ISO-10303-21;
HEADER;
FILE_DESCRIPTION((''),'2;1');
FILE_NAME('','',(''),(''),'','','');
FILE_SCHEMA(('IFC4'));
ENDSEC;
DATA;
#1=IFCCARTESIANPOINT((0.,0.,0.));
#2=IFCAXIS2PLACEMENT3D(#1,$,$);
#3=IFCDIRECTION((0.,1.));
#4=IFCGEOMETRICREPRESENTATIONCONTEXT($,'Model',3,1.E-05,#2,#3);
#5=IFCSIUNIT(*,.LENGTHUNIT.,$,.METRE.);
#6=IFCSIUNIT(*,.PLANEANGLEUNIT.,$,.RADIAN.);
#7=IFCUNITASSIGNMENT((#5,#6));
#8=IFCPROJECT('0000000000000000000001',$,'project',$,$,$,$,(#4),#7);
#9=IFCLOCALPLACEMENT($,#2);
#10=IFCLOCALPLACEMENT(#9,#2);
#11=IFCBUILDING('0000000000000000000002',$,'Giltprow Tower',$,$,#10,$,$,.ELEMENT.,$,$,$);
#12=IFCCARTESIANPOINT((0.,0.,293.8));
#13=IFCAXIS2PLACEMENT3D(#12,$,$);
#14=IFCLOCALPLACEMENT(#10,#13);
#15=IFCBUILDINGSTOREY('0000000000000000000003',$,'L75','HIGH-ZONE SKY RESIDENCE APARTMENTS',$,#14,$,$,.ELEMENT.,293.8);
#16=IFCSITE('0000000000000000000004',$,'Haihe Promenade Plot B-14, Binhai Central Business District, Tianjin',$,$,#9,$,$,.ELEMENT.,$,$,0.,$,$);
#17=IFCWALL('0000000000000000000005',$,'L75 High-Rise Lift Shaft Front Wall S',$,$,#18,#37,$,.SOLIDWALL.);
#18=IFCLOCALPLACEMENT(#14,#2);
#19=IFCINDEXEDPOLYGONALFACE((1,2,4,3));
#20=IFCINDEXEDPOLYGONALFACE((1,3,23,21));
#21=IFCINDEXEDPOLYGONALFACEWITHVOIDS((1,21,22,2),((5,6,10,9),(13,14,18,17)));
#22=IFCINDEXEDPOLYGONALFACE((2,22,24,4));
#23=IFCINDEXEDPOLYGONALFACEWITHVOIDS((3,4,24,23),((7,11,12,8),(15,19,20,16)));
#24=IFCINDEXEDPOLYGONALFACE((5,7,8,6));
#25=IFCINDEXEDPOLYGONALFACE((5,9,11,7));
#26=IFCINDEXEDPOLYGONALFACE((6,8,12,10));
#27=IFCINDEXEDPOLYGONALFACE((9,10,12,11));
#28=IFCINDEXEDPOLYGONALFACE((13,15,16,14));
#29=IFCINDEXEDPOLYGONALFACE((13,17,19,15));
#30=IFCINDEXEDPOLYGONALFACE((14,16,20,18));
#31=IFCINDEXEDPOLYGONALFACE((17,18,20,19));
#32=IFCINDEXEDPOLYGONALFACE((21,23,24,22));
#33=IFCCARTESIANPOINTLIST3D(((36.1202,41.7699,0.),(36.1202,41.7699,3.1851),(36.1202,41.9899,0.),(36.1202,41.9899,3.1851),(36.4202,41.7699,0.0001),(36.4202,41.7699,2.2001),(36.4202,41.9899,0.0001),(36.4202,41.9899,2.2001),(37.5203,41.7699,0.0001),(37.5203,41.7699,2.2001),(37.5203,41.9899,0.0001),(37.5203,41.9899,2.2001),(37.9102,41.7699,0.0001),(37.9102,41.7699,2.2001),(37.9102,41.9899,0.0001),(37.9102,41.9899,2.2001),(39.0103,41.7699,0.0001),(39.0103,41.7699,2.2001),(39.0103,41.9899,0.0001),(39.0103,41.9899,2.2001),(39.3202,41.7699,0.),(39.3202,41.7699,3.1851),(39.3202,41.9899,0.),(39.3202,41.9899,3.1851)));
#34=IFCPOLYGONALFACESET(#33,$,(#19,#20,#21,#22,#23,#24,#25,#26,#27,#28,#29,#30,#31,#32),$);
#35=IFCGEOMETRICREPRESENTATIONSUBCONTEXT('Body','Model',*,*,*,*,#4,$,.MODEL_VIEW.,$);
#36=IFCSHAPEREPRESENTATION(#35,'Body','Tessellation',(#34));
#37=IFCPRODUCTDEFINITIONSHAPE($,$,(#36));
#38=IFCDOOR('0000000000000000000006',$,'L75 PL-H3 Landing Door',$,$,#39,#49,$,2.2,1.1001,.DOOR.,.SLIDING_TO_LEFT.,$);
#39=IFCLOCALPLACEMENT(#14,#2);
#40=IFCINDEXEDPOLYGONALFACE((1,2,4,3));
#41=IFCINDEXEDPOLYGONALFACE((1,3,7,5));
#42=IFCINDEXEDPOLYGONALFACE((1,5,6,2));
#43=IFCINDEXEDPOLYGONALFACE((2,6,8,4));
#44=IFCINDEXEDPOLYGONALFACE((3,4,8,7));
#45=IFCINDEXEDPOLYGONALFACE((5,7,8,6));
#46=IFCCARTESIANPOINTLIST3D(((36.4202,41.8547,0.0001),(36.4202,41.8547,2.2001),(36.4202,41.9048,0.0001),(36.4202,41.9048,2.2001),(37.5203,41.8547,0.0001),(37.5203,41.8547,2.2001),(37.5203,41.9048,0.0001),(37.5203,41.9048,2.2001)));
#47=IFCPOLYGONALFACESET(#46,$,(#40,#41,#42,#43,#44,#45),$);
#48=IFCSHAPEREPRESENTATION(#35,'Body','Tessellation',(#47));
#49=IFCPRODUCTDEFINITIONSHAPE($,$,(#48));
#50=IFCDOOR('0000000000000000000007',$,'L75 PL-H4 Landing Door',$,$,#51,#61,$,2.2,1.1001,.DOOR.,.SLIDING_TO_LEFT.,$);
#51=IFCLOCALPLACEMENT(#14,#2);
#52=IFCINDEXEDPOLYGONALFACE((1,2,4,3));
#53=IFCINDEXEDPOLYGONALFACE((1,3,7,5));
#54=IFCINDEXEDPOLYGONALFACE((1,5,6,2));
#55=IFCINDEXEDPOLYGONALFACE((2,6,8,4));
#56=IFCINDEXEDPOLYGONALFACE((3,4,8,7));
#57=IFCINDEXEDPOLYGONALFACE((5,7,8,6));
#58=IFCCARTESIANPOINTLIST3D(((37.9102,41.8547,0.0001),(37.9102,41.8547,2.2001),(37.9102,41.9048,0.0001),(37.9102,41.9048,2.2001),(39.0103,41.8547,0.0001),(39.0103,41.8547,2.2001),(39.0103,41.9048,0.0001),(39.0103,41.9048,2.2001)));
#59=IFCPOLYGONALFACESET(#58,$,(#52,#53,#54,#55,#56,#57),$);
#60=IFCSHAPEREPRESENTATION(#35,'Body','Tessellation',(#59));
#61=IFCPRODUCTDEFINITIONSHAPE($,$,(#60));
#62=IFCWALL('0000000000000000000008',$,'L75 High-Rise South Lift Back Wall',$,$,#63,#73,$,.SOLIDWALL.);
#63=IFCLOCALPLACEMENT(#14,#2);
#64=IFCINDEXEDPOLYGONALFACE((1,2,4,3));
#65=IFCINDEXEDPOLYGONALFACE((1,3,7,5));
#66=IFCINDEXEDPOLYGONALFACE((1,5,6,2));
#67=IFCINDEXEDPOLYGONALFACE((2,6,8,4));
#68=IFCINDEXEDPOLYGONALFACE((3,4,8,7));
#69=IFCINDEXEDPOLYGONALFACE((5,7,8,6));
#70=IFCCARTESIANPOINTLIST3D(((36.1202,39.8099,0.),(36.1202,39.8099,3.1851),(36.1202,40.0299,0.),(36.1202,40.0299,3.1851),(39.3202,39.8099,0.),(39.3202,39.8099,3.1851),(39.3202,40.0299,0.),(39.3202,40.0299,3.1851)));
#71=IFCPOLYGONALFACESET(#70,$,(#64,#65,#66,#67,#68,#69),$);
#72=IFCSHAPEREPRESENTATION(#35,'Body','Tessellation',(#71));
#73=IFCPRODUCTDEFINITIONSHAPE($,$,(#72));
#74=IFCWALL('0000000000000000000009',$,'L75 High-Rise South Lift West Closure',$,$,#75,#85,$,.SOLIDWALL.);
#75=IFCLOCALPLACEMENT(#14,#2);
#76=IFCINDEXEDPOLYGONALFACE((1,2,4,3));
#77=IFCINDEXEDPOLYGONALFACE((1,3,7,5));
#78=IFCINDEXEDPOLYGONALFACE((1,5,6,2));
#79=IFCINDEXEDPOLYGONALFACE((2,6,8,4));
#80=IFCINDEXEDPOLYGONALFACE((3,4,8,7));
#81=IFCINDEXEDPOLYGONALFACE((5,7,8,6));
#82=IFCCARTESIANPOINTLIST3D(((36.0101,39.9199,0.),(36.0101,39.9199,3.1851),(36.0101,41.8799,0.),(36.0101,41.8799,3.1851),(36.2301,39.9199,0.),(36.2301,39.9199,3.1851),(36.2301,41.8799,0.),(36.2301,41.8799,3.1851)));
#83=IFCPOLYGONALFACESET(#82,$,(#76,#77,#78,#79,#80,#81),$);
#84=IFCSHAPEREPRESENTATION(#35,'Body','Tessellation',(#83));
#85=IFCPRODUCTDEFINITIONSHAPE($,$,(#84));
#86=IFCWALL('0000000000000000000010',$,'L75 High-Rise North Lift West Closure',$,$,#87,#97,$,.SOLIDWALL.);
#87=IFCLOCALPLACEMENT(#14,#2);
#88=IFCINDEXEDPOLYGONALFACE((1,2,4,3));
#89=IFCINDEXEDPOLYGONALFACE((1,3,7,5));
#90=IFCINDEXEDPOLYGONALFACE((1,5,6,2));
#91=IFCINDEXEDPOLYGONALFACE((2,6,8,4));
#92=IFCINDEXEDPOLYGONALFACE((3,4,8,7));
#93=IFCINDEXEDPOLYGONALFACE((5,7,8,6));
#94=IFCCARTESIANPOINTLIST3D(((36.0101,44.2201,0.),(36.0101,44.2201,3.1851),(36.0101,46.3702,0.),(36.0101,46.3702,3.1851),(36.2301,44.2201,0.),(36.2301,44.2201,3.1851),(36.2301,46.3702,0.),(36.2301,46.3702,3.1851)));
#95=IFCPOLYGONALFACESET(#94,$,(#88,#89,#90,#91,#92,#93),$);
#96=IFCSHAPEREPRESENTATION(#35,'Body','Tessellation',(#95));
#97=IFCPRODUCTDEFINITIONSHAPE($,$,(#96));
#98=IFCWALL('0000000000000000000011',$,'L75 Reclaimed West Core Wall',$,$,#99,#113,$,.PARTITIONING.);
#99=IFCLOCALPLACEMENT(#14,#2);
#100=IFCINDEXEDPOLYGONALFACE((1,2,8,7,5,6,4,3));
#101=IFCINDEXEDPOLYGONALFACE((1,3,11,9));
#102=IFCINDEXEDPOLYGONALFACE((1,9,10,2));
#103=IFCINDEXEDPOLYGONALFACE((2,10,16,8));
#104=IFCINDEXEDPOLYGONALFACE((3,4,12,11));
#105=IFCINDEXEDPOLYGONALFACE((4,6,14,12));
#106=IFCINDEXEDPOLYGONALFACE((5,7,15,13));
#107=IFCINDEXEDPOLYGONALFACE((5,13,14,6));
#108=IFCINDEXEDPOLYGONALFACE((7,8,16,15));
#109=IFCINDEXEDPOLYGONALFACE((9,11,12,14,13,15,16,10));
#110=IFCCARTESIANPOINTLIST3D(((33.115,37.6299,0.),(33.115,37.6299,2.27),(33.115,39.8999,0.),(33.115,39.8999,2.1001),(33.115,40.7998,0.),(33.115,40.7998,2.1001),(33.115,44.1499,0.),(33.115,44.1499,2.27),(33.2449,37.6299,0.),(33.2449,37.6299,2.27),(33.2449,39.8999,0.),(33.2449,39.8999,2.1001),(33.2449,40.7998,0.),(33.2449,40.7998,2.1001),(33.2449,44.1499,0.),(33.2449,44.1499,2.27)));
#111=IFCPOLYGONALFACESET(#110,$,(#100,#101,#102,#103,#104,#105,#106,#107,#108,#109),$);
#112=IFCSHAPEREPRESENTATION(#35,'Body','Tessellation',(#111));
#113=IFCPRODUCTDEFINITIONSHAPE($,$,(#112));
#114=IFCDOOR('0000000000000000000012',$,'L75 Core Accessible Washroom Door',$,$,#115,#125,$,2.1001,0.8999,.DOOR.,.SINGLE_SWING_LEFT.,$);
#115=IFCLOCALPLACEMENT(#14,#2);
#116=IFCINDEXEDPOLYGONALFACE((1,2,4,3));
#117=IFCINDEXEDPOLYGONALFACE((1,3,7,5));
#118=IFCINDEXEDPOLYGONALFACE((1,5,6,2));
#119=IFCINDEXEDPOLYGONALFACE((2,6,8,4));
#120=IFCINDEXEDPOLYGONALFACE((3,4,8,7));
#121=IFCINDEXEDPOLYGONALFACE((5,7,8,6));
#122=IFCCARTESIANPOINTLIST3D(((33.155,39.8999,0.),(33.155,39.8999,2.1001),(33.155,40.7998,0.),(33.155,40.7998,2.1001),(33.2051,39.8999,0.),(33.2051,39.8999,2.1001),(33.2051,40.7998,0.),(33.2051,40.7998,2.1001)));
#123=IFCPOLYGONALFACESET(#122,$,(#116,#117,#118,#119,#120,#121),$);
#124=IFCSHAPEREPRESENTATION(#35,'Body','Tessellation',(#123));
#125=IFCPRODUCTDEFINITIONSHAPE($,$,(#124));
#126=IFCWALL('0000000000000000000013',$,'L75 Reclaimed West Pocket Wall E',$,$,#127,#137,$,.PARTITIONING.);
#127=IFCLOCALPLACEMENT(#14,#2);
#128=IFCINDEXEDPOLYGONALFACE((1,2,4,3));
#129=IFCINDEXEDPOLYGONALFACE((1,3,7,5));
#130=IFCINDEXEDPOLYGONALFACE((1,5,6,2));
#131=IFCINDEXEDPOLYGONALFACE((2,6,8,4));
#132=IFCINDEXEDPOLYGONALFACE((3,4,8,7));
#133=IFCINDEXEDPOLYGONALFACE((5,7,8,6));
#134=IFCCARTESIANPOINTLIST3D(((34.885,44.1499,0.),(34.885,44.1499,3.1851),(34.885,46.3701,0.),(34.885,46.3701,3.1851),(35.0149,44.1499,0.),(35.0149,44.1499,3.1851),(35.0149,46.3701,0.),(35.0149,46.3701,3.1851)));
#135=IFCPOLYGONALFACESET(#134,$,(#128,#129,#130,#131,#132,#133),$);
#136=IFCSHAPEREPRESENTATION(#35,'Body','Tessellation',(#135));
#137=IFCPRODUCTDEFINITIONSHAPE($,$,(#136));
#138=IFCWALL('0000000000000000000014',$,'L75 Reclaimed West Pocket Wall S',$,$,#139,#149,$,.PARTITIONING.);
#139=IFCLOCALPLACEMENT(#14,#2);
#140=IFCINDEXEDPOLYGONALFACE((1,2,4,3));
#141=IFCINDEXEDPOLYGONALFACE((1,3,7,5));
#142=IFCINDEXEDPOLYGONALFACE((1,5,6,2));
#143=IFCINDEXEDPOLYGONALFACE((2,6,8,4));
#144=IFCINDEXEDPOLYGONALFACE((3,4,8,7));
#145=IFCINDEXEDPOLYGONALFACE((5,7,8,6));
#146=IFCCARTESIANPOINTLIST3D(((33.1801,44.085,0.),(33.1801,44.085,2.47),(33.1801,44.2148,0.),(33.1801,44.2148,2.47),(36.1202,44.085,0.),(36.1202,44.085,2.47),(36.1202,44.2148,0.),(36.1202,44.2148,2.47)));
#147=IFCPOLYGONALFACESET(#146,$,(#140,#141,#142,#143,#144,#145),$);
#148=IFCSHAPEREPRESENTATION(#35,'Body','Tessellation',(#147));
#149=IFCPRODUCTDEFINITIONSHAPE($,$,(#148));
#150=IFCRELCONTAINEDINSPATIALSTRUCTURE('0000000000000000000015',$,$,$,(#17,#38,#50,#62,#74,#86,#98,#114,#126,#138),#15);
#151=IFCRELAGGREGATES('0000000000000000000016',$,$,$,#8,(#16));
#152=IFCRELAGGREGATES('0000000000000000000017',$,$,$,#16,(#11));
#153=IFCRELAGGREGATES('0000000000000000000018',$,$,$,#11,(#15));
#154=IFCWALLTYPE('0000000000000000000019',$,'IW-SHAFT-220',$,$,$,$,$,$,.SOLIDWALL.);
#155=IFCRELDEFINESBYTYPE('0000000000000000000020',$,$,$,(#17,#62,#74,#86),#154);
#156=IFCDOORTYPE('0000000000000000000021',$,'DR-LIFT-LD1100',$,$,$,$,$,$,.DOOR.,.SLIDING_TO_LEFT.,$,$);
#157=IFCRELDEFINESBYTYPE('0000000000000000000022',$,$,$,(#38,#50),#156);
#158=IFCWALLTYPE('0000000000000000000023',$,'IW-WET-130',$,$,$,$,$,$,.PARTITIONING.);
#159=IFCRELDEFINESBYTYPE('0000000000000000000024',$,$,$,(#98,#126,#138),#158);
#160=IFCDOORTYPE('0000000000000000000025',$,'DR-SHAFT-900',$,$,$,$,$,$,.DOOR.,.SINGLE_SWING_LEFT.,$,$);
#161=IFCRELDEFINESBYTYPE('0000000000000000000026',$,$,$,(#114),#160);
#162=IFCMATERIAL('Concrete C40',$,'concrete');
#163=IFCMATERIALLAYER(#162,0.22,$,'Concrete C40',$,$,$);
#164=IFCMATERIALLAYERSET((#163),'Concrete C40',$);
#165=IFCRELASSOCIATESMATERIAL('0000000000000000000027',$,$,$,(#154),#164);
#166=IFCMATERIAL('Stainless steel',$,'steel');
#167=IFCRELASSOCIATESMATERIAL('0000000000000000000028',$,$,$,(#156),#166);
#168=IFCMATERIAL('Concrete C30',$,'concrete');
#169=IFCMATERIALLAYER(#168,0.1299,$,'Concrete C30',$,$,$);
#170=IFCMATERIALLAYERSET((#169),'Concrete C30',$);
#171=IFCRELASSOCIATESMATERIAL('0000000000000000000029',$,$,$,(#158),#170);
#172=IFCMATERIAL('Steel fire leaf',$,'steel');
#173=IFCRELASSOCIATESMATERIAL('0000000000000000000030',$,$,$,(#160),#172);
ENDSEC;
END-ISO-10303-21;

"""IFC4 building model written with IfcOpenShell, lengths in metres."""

from ifc_helpers import new_model, si_unit, direction, frame, frame_2d, origin, place, context, subcontext, project, spatial, rectangle, extrude, source, transform, mapped, material, layer, layer_set, type_object, element, fill, save


model = new_model("IFC4")

# Units and contexts
model_context = context("Model", 3, precision=1e-05, world=origin(), true_north=direction((0.0, 1.0)))
body_context = subcontext(model_context, "Body", "Model", "MODEL_VIEW")
ifc_project = project(units=[si_unit("LENGTHUNIT", "METRE"), si_unit("PLANEANGLEUNIT", "RADIAN")], contexts=[model_context])

# Site, building, storey
site_placement = place(None, origin())
site = spatial("IfcSite", under=ifc_project, at=site_placement, Name="Haihe Promenade Plot B-14, Binhai Central Business District, Tianjin", CompositionType="ELEMENT", RefElevation=0.0)
building_placement = place(site_placement, origin())
building = spatial("IfcBuilding", under=site, at=building_placement, Name="Giltprow Tower", CompositionType="ELEMENT")
storey_placement = place(building_placement, frame((0.0, 0.0, 293.8)))
storey = spatial("IfcBuildingStorey", under=building, at=storey_placement, Name="L75", Description="HIGH-ZONE SKY RESIDENCE APARTMENTS", CompositionType="ELEMENT", Elevation=293.8)

# Wall, openings, doors
ifc_material_1 = material(Name="Concrete C40", Category="concrete")
ifc_layer_1 = layer(ifc_material_1, 0.22, Name="Concrete C40")
ifc_layer_set_1 = layer_set([ifc_layer_1], Name="Concrete C40")
wall_type_1 = type_object("IfcWallType", Name="IW-SHAFT-220", PredefinedType="SOLIDWALL", material=ifc_layer_set_1)
ifc_material_2 = material(Name="Stainless steel", Category="steel")
door_type_1 = type_object("IfcDoorType", Name="DR-LIFT-LD1100", OperationType="SLIDING_TO_LEFT", PredefinedType="DOOR", material=ifc_material_2)
shared_shape_1 = source(origin(), body_context, "Body", "SweptSolid", [
    extrude(rectangle(XDim=1.1001, YDim=2.2, at=frame_2d((0.55, 1.1001))), frame((0.0, 0.0249, 0.0), z_axis=(0.0, -1.0, 0.0), x_axis=(1.0, 0.0, 0.0)), (0.0, 0.0, 1.0), 0.05),
])
wall_1_placement = place(storey_placement, frame((36.1201, 41.8799, 0.0), z_axis=(0.0, 0.0, 1.0), x_axis=(1.0, 0.0, 0.0)))
wall_1 = element("IfcWall", 1, at=wall_1_placement, inside=storey, type_object=wall_type_1, Name="L75 High-Rise Lift Shaft Front Wall S", PredefinedType="SOLIDWALL", context=body_context, shape_type="SweptSolid", body=[
    extrude(rectangle(XDim=3.2, YDim=0.22, at=frame_2d((1.6001, 0.0))), origin(), (0.0, 0.0, 1.0), 3.1851),
])
opening_1_placement = place(wall_1_placement, frame((0.3, 0.0, 0.0)))
opening_1 = element("IfcOpeningElement", 2, at=opening_1_placement, cuts=wall_1, PredefinedType="OPENING", context=body_context, shape_type="SweptSolid", body=[
    extrude(rectangle(XDim=1.1001, YDim=2.2, at=frame_2d((0.55, 1.1001))), frame((0.0, 0.1199, 0.0), z_axis=(0.0, -1.0, 0.0), x_axis=(1.0, 0.0, 0.0)), (0.0, 0.0, 1.0), 0.24),
])
opening_2_placement = place(wall_1_placement, frame((1.79, 0.0, 0.0)))
opening_2 = element("IfcOpeningElement", 3, at=opening_2_placement, cuts=wall_1, PredefinedType="OPENING", context=body_context, shape_type="SweptSolid", body=[
    extrude(rectangle(XDim=1.1001, YDim=2.2, at=frame_2d((0.55, 1.1001))), frame((0.0, 0.1199, 0.0), z_axis=(0.0, -1.0, 0.0), x_axis=(1.0, 0.0, 0.0)), (0.0, 0.0, 1.0), 0.24),
])
door_1_placement = place(opening_1_placement, origin())
door_1 = element("IfcDoor", 4, at=door_1_placement, inside=storey, type_object=door_type_1, Name="L75 PL-H3 Landing Door", OperationType="SLIDING_TO_LEFT", OverallHeight=2.2, OverallWidth=1.1001, PredefinedType="DOOR", context=body_context, shape_type="MappedRepresentation", body=[
    mapped(shared_shape_1, transform((0.0, 0.0, 0.0), x_axis=(1.0, 0.0, 0.0), y_axis=(0.0, 1.0, 0.0), z_axis=(0.0, 0.0, 1.0), scale=1.0)),
])
fill(opening_1, door_1)
door_2_placement = place(opening_2_placement, origin())
door_2 = element("IfcDoor", 5, at=door_2_placement, inside=storey, type_object=door_type_1, Name="L75 PL-H4 Landing Door", OperationType="SLIDING_TO_LEFT", OverallHeight=2.2, OverallWidth=1.1001, PredefinedType="DOOR", context=body_context, shape_type="MappedRepresentation", body=[
    mapped(shared_shape_1, transform((0.0, 0.0, 0.0), x_axis=(1.0, 0.0, 0.0), y_axis=(0.0, 1.0, 0.0), z_axis=(0.0, 0.0, 1.0), scale=1.0)),
])
fill(opening_2, door_2)

# Walls
wall_2_placement = place(storey_placement, frame((36.1201, 39.9199, 0.0), z_axis=(0.0, 0.0, 1.0), x_axis=(1.0, 0.0, 0.0)))
element("IfcWall", 6, at=wall_2_placement, inside=storey, type_object=wall_type_1, Name="L75 High-Rise South Lift Back Wall", PredefinedType="SOLIDWALL", context=body_context, shape_type="SweptSolid", body=[
    extrude(rectangle(XDim=3.2, YDim=0.22, at=frame_2d((1.6001, 0.0))), origin(), (0.0, 0.0, 1.0), 3.1851),
])
wall_3_placement = place(storey_placement, frame((36.1201, 39.9199, 0.0), z_axis=(0.0, 0.0, 1.0), x_axis=(0.0, 1.0, 0.0)))
element("IfcWall", 7, at=wall_3_placement, inside=storey, type_object=wall_type_1, Name="L75 High-Rise South Lift West Closure", PredefinedType="SOLIDWALL", context=body_context, shape_type="SweptSolid", body=[
    extrude(rectangle(XDim=1.96, YDim=0.22, at=frame_2d((0.98, 0.0))), origin(), (0.0, 0.0, 1.0), 3.1851),
])
wall_4_placement = place(storey_placement, frame((36.1201, 44.22, 0.0), z_axis=(0.0, 0.0, 1.0), x_axis=(0.0, 1.0, 0.0)))
element("IfcWall", 8, at=wall_4_placement, inside=storey, type_object=wall_type_1, Name="L75 High-Rise North Lift West Closure", PredefinedType="SOLIDWALL", context=body_context, shape_type="SweptSolid", body=[
    extrude(rectangle(XDim=2.1501, YDim=0.22, at=frame_2d((1.0752, 0.0))), origin(), (0.0, 0.0, 1.0), 3.1851),
])

# Wall, opening, door
ifc_material_3 = material(Name="Concrete C30", Category="concrete")
ifc_layer_2 = layer(ifc_material_3, 0.1299, Name="Concrete C30")
ifc_layer_set_2 = layer_set([ifc_layer_2], Name="Concrete C30")
wall_type_2 = type_object("IfcWallType", Name="IW-WET-130", PredefinedType="PARTITIONING", material=ifc_layer_set_2)
wall_5_placement = place(storey_placement, frame((33.1799, 37.6299, 0.0), z_axis=(0.0, 0.0, 1.0), x_axis=(0.0, 1.0, 0.0)))
wall_5 = element("IfcWall", 9, at=wall_5_placement, inside=storey, type_object=wall_type_2, Name="L75 Reclaimed West Core Wall", PredefinedType="PARTITIONING", context=body_context, shape_type="SweptSolid", body=[
    extrude(rectangle(XDim=6.52, YDim=0.1299, at=frame_2d((3.26, 0.0))), origin(), (0.0, 0.0, 1.0), 2.27),
])
opening_3_placement = place(wall_5_placement, frame((2.27, 0.0, 0.0)))
opening_3 = element("IfcOpeningElement", 10, at=opening_3_placement, cuts=wall_5, PredefinedType="OPENING", context=body_context, shape_type="SweptSolid", body=[
    extrude(rectangle(XDim=0.8999, YDim=2.1001, at=frame_2d((0.45, 1.05))), frame((0.0, 0.075, 0.0), z_axis=(0.0, -1.0, 0.0), x_axis=(1.0, 0.0, 0.0)), (0.0, 0.0, 1.0), 0.1499),
])
ifc_material_4 = material(Name="Steel fire leaf", Category="steel")
door_type_2 = type_object("IfcDoorType", Name="DR-SHAFT-900", OperationType="SINGLE_SWING_LEFT", PredefinedType="DOOR", material=ifc_material_4)
shared_shape_2 = source(origin(), body_context, "Body", "SweptSolid", [
    extrude(rectangle(XDim=0.8999, YDim=2.1001, at=frame_2d((0.45, 1.05))), frame((0.0, 0.0249, 0.0), z_axis=(0.0, -1.0, 0.0), x_axis=(1.0, 0.0, 0.0)), (0.0, 0.0, 1.0), 0.05),
])
door_3_placement = place(opening_3_placement, origin())
door_3 = element("IfcDoor", 11, at=door_3_placement, inside=storey, type_object=door_type_2, Name="L75 Core Accessible Washroom Door", OperationType="SINGLE_SWING_LEFT", OverallHeight=2.1001, OverallWidth=0.8999, PredefinedType="DOOR", context=body_context, shape_type="MappedRepresentation", body=[
    mapped(shared_shape_2, transform((0.0, 0.0, 0.0), x_axis=(1.0, 0.0, 0.0), y_axis=(0.0, 1.0, 0.0), z_axis=(0.0, 0.0, 1.0), scale=1.0)),
])
fill(opening_3, door_3)

# Walls
wall_6_placement = place(storey_placement, frame((34.95, 44.1499, 0.0), z_axis=(0.0, 0.0, 1.0), x_axis=(0.0, 1.0, 0.0)))
element("IfcWall", 12, at=wall_6_placement, inside=storey, type_object=wall_type_2, Name="L75 Reclaimed West Pocket Wall E", PredefinedType="PARTITIONING", context=body_context, shape_type="SweptSolid", body=[
    extrude(rectangle(XDim=2.2202, YDim=0.1299, at=frame_2d((1.1101, 0.0))), origin(), (0.0, 0.0, 1.0), 3.1851),
])
wall_7_placement = place(storey_placement, frame((33.1799, 44.1499, 0.0), z_axis=(0.0, 0.0, 1.0), x_axis=(1.0, 0.0, 0.0)))
element("IfcWall", 13, at=wall_7_placement, inside=storey, type_object=wall_type_2, Name="L75 Reclaimed West Pocket Wall S", PredefinedType="PARTITIONING", context=body_context, shape_type="SweptSolid", body=[
    extrude(rectangle(XDim=2.9402, YDim=0.1299, at=frame_2d((1.4702, 0.0))), origin(), (0.0, 0.0, 1.0), 2.47),
])

save(model, "model.ifc")
